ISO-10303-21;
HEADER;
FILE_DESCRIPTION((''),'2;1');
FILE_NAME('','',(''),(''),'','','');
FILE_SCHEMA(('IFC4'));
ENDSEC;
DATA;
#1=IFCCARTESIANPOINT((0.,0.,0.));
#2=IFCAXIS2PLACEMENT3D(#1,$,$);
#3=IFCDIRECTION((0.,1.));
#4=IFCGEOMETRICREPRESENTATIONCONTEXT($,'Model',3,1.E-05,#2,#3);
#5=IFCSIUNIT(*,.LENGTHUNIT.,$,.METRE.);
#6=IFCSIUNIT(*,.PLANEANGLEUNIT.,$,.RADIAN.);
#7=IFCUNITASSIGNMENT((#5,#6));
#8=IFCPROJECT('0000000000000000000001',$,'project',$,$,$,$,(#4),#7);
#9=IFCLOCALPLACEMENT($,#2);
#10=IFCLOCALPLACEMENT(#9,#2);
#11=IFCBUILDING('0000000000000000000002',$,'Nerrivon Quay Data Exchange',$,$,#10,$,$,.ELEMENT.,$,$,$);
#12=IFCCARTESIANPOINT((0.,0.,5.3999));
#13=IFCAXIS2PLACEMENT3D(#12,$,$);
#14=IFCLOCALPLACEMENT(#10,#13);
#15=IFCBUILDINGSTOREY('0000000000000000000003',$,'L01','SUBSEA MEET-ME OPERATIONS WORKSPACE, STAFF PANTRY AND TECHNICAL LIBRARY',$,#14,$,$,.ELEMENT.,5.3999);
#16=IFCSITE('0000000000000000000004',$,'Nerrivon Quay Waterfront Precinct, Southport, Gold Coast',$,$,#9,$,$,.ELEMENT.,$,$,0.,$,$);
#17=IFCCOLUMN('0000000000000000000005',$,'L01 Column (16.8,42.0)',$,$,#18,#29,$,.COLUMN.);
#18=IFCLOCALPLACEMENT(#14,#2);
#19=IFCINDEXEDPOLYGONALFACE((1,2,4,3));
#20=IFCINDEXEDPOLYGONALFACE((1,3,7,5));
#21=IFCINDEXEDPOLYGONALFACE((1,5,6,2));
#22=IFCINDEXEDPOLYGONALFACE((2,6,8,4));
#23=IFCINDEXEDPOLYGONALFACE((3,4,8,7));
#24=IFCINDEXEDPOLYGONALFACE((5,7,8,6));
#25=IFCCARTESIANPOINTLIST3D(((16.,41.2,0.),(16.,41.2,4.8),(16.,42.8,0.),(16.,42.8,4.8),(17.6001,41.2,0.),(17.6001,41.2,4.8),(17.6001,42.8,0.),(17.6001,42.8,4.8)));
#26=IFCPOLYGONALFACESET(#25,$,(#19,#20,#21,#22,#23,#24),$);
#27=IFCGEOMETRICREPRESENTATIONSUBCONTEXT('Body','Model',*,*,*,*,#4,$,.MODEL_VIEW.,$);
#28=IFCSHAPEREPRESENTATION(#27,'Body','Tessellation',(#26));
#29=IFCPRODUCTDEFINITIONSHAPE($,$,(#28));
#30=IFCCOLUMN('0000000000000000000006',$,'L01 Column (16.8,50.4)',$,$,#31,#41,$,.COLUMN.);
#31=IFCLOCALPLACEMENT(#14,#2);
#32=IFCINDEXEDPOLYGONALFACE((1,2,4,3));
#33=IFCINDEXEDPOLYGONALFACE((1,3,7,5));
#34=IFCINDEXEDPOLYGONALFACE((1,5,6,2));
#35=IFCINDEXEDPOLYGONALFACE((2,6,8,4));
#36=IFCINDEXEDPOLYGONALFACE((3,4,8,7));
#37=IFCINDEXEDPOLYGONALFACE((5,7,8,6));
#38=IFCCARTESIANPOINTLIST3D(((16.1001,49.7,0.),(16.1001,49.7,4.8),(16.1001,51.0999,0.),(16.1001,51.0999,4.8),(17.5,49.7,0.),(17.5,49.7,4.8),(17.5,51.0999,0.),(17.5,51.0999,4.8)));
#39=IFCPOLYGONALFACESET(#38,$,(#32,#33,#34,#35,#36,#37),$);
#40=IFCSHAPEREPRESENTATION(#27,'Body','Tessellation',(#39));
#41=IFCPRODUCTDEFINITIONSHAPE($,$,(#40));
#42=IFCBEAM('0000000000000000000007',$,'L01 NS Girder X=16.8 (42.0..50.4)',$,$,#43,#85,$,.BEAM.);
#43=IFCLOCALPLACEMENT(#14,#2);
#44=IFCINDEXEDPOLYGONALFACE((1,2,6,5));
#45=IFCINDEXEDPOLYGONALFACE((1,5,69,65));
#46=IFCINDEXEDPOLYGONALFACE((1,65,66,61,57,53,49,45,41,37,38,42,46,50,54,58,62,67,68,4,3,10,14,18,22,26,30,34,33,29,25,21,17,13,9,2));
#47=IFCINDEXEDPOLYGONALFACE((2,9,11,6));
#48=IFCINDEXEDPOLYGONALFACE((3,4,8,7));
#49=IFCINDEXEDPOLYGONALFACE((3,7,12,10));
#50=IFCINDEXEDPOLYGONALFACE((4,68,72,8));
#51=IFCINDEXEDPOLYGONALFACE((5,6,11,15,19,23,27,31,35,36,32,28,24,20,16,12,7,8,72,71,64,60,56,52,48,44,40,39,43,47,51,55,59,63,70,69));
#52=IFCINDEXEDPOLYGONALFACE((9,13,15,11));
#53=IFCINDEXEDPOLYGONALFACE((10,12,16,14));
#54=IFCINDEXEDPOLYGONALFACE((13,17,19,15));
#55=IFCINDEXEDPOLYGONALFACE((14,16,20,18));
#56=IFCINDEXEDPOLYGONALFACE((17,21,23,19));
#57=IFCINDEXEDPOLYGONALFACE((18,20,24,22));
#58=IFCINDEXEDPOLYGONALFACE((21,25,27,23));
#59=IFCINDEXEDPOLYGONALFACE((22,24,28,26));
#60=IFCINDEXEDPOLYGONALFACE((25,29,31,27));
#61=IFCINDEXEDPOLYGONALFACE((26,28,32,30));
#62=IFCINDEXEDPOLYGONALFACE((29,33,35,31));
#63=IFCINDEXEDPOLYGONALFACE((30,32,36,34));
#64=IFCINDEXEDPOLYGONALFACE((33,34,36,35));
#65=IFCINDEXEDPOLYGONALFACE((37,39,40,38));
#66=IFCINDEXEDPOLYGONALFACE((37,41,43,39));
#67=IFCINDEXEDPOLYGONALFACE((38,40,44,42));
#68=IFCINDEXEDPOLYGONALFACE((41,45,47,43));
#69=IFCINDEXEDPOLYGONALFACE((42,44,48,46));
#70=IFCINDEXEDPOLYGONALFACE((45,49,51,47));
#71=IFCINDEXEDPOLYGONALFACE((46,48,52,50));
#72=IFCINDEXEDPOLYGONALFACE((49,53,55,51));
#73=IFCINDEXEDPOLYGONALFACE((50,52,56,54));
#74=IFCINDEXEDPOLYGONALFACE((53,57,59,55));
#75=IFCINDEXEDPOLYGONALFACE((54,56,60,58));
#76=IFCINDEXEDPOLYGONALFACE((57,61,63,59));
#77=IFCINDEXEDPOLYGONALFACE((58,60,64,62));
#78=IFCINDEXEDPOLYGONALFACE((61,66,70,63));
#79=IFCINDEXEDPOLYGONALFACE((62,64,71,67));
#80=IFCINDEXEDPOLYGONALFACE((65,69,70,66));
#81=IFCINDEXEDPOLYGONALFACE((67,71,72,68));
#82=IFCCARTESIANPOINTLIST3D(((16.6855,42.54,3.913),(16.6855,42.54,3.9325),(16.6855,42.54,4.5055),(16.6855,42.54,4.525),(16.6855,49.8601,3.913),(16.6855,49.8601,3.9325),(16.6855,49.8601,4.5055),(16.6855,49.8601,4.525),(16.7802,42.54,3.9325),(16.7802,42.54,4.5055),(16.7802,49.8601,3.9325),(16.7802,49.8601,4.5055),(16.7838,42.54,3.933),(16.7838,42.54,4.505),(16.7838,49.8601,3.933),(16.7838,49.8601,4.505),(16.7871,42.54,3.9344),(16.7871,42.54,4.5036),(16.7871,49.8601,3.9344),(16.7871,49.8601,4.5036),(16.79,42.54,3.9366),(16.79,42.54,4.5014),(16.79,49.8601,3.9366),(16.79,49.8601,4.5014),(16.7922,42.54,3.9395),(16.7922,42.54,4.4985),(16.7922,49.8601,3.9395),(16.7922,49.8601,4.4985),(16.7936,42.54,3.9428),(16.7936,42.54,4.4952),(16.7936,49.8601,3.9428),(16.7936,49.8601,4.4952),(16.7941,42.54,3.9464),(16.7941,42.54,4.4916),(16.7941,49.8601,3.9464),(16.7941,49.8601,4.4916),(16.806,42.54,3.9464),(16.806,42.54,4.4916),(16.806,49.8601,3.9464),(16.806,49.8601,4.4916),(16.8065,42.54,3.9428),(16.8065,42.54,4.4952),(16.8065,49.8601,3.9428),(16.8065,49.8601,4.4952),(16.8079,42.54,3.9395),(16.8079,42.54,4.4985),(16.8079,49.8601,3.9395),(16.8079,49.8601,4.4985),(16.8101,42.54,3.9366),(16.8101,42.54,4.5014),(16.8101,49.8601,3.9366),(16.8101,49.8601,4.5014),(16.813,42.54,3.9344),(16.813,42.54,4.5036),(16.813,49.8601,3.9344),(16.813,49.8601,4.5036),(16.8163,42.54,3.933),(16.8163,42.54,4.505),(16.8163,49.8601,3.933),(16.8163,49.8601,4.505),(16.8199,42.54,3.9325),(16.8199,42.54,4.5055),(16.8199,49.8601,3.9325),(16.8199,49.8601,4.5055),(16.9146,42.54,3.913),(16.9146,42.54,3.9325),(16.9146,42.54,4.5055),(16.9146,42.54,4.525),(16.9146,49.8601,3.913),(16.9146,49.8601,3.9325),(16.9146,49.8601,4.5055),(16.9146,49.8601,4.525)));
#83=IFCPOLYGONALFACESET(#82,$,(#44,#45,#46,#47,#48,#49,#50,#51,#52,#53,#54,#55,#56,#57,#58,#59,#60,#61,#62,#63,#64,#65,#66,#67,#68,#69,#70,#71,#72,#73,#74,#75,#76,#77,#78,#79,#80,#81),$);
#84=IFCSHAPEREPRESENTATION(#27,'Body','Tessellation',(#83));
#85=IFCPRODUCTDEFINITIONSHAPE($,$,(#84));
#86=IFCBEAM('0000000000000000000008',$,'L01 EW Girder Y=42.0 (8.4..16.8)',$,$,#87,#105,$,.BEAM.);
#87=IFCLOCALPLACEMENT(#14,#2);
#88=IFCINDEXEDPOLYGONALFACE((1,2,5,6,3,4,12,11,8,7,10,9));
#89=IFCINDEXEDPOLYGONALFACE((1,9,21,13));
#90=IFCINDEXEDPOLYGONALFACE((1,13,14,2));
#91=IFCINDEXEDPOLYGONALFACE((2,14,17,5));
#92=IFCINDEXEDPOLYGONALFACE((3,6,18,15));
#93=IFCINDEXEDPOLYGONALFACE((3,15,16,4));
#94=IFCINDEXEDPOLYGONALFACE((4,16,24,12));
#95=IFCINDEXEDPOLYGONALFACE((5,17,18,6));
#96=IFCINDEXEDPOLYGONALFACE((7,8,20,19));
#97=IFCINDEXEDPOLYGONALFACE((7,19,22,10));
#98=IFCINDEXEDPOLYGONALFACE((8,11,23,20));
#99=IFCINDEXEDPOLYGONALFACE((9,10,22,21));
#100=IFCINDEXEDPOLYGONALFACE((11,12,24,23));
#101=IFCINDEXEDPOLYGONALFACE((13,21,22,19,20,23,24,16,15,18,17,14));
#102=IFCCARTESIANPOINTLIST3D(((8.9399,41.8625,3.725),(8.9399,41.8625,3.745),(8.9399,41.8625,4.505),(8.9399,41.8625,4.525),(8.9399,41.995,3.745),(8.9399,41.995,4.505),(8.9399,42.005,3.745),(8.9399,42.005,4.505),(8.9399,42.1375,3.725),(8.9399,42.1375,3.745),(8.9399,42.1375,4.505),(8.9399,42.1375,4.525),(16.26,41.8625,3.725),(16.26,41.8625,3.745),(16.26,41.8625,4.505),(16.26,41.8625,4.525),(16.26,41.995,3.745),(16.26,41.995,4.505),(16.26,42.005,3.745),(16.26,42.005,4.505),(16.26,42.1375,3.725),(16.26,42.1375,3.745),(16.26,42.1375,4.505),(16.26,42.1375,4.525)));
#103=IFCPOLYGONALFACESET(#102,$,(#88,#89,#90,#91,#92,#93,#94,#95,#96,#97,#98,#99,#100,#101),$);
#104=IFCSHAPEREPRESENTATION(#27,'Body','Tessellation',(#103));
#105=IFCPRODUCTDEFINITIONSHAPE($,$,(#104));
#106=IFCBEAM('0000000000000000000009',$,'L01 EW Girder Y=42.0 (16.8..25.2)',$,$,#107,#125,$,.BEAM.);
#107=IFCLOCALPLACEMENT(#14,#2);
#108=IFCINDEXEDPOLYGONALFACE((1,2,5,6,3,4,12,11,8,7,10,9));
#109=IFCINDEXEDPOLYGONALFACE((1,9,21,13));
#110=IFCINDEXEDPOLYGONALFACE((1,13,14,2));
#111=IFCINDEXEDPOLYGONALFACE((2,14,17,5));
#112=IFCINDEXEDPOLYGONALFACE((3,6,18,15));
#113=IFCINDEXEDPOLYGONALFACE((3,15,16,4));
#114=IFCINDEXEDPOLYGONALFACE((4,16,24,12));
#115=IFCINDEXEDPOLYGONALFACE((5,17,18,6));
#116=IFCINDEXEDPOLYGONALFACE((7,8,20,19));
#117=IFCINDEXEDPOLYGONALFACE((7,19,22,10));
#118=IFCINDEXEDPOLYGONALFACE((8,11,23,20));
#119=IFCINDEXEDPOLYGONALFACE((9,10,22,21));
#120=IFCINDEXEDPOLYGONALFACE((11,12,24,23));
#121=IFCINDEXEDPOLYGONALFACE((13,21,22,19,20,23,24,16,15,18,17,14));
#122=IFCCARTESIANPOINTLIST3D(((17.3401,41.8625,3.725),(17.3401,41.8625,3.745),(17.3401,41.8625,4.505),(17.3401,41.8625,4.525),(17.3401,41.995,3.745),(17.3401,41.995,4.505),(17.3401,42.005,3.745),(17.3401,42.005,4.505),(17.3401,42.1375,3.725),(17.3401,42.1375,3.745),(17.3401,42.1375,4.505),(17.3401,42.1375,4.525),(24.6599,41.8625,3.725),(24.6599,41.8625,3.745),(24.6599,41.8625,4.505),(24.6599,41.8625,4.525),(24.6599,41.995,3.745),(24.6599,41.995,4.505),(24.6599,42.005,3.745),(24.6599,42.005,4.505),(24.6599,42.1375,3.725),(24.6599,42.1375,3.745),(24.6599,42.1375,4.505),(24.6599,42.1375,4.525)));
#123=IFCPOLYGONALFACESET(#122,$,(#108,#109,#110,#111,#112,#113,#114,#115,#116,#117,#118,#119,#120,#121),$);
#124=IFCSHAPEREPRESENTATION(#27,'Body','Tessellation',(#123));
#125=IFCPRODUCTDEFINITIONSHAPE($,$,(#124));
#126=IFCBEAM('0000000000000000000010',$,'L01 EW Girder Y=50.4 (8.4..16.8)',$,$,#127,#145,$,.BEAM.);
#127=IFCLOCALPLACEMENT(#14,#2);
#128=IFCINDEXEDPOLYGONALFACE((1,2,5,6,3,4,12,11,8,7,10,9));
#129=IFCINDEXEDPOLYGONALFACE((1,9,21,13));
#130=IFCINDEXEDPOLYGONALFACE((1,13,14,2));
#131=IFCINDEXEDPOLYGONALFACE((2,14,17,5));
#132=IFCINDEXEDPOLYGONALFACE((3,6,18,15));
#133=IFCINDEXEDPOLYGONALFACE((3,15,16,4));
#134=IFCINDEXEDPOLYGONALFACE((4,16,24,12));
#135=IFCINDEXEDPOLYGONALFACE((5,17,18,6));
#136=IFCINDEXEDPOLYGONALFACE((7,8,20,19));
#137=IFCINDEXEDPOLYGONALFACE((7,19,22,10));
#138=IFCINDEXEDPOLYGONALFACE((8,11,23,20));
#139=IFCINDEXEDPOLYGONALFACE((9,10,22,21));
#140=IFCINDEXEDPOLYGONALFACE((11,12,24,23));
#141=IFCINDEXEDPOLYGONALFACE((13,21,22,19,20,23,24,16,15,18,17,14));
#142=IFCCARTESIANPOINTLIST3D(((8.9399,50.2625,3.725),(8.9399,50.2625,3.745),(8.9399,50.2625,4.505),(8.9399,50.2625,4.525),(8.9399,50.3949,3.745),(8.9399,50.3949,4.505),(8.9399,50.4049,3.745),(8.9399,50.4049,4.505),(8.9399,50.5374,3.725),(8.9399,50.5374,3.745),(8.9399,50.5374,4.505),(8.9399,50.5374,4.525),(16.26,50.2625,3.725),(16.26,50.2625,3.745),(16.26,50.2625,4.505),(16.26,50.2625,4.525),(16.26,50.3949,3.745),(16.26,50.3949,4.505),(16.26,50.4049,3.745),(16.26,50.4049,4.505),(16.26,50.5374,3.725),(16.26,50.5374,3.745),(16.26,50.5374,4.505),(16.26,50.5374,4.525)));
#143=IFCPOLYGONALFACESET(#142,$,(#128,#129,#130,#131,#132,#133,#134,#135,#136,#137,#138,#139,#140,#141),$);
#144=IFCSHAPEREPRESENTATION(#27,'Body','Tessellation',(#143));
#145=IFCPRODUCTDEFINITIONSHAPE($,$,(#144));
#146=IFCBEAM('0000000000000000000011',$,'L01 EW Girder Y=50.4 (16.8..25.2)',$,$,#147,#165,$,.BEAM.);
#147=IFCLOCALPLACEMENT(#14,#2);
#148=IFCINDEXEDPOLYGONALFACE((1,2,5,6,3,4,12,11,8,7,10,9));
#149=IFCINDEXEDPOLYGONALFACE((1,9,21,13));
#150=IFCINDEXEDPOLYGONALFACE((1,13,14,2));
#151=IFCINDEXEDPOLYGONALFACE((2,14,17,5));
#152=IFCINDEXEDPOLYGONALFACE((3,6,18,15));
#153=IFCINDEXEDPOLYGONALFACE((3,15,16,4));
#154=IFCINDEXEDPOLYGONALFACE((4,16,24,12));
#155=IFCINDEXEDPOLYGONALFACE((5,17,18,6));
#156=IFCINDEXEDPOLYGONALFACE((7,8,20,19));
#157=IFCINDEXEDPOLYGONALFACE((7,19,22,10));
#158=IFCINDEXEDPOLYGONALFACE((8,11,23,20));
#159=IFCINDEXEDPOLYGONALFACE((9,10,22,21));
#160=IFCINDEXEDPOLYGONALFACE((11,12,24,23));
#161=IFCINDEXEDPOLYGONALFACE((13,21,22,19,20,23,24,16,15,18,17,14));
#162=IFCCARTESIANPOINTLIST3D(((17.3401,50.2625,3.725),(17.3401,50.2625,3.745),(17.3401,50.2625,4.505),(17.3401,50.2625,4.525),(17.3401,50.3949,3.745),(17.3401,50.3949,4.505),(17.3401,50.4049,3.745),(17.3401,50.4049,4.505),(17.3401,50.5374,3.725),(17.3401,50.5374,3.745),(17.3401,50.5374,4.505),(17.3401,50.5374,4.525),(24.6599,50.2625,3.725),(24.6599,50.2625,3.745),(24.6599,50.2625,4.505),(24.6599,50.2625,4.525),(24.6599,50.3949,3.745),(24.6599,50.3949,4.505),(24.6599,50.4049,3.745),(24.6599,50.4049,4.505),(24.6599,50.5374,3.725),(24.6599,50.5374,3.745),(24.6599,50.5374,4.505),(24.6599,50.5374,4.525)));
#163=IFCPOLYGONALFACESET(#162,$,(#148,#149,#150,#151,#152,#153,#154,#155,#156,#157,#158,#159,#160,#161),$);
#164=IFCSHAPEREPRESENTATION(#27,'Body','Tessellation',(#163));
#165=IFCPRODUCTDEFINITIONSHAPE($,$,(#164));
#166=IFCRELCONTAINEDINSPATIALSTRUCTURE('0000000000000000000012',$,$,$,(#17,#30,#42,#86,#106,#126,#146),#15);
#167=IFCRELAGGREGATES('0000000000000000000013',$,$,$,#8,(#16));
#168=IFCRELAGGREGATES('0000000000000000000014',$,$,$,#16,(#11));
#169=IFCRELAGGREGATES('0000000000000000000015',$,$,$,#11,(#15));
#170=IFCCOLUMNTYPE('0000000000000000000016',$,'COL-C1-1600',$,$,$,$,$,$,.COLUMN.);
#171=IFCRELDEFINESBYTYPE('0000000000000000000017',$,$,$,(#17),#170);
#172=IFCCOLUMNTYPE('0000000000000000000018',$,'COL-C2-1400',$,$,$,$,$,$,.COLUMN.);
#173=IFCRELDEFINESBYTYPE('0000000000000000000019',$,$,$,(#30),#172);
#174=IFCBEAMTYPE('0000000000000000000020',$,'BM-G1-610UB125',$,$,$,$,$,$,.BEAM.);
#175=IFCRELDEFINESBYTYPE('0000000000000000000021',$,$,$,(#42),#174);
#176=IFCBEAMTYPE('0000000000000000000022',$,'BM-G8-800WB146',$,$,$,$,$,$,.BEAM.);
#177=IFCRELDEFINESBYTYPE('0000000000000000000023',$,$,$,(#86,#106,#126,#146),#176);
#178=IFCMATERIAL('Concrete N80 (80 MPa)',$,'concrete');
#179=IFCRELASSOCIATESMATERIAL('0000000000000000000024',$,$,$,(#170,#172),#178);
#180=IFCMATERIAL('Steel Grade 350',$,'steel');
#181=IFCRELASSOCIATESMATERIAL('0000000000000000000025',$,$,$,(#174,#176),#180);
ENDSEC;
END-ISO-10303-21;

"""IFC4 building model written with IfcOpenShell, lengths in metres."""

from ifc_helpers import new_model, si_unit, direction, frame, origin, origin_2d, place, context, subcontext, project, spatial, rectangle, i_section, extrude, material, material_profile, profile_set, type_object, element, save


model = new_model("IFC4")

# Units and contexts
model_context = context("Model", 3, precision=1e-05, world=origin(), true_north=direction((0.0, 1.0)))
body_context = subcontext(model_context, "Body", "Model", "MODEL_VIEW")
ifc_project = project(units=[si_unit("LENGTHUNIT", "METRE"), si_unit("PLANEANGLEUNIT", "RADIAN")], contexts=[model_context])

# Site, building, storey
site_placement = place(None, origin())
site = spatial("IfcSite", under=ifc_project, at=site_placement, Name="Nerrivon Quay Waterfront Precinct, Southport, Gold Coast", CompositionType="ELEMENT", RefElevation=0.0)
building_placement = place(site_placement, origin())
building = spatial("IfcBuilding", under=site, at=building_placement, Name="Nerrivon Quay Data Exchange", CompositionType="ELEMENT")
storey_placement = place(building_placement, frame((0.0, 0.0, 5.3999)))
storey = spatial("IfcBuildingStorey", under=building, at=storey_placement, Name="L01", Description="SUBSEA MEET-ME OPERATIONS WORKSPACE, STAFF PANTRY AND TECHNICAL LIBRARY", CompositionType="ELEMENT", Elevation=5.3999)

# Columns
ifc_material_1 = material(Name="Concrete N80 (80 MPa)", Category="concrete")
ifc_material_profile_1 = material_profile(ifc_material_1, rectangle(XDim=1.6001, YDim=1.6001, at=origin_2d()), Name="RC-COL-1600x1600")
ifc_profile_set_1 = profile_set([ifc_material_profile_1], Name="Concrete N80 (80 MPa)")
column_type_1 = type_object("IfcColumnType", Name="COL-C1-1600", PredefinedType="COLUMN", material=ifc_profile_set_1)
column_1_placement = place(storey_placement, frame((16.8, 42.0, 0.0), z_axis=(0.0, 0.0, 1.0), x_axis=(1.0, 0.0, 0.0)))
element("IfcColumn", 1, at=column_1_placement, inside=storey, type_object=column_type_1, Name="L01 Column (16.8,42.0)", PredefinedType="COLUMN", context=body_context, shape_type="SweptSolid", body=[
    extrude(rectangle(XDim=1.6001, YDim=1.6001, at=origin_2d()), origin(), (0.0, 0.0, 1.0), 4.8),
])
ifc_material_profile_2 = material_profile(ifc_material_1, rectangle(XDim=1.3999, YDim=1.3999, at=origin_2d()), Name="RC-COL-1400x1400")
ifc_profile_set_2 = profile_set([ifc_material_profile_2], Name="Concrete N80 (80 MPa)")
column_type_2 = type_object("IfcColumnType", Name="COL-C2-1400", PredefinedType="COLUMN", material=ifc_profile_set_2)
column_2_placement = place(storey_placement, frame((16.8, 50.3999, 0.0), z_axis=(0.0, 0.0, 1.0), x_axis=(1.0, 0.0, 0.0)))
element("IfcColumn", 2, at=column_2_placement, inside=storey, type_object=column_type_2, Name="L01 Column (16.8,50.4)", PredefinedType="COLUMN", context=body_context, shape_type="SweptSolid", body=[
    extrude(rectangle(XDim=1.3999, YDim=1.3999, at=origin_2d()), origin(), (0.0, 0.0, 1.0), 4.8),
])

# Beams
ifc_material_2 = material(Name="Steel Grade 350", Category="steel")
ifc_material_profile_3 = material_profile(ifc_material_2, i_section(OverallWidth=0.229, OverallDepth=0.6121, WebThickness=0.012, FlangeThickness=0.0195, FilletRadius=0.0139, at=origin_2d()), Name="610UB125")
ifc_profile_set_3 = profile_set([ifc_material_profile_3], Name="Steel Grade 350")
beam_type_1 = type_object("IfcBeamType", Name="BM-G1-610UB125", PredefinedType="BEAM", material=ifc_profile_set_3)
beam_1_placement = place(storey_placement, frame((16.8, 42.54, 4.219), z_axis=(0.0, 1.0, 0.0), x_axis=(-1.0, 0.0, 0.0)))
element("IfcBeam", 3, at=beam_1_placement, inside=storey, type_object=beam_type_1, Name="L01 NS Girder X=16.8 (42.0..50.4)", PredefinedType="BEAM", context=body_context, shape_type="SweptSolid", body=[
    extrude(i_section(OverallWidth=0.229, OverallDepth=0.6121, WebThickness=0.012, FlangeThickness=0.0195, FilletRadius=0.0139, at=origin_2d()), origin(), (0.0, 0.0, 1.0), 7.3201),
])
ifc_material_profile_4 = material_profile(ifc_material_2, i_section(OverallWidth=0.2749, OverallDepth=0.8, WebThickness=0.01, FlangeThickness=0.02, at=origin_2d()), Name="800WB146")
ifc_profile_set_4 = profile_set([ifc_material_profile_4], Name="Steel Grade 350")
beam_type_2 = type_object("IfcBeamType", Name="BM-G8-800WB146", PredefinedType="BEAM", material=ifc_profile_set_4)
beam_2_placement = place(storey_placement, frame((8.9399, 42.0, 4.125), z_axis=(1.0, 0.0, 0.0), x_axis=(0.0, 1.0, 0.0)))
element("IfcBeam", 4, at=beam_2_placement, inside=storey, type_object=beam_type_2, Name="L01 EW Girder Y=42.0 (8.4..16.8)", PredefinedType="BEAM", context=body_context, shape_type="SweptSolid", body=[
    extrude(i_section(OverallWidth=0.2749, OverallDepth=0.8, WebThickness=0.01, FlangeThickness=0.02, at=origin_2d()), origin(), (0.0, 0.0, 1.0), 7.3201),
])
beam_3_placement = place(storey_placement, frame((17.3401, 42.0, 4.125), z_axis=(1.0, 0.0, 0.0), x_axis=(0.0, 1.0, 0.0)))
element("IfcBeam", 5, at=beam_3_placement, inside=storey, type_object=beam_type_2, Name="L01 EW Girder Y=42.0 (16.8..25.2)", PredefinedType="BEAM", context=body_context, shape_type="SweptSolid", body=[
    extrude(i_section(OverallWidth=0.2749, OverallDepth=0.8, WebThickness=0.01, FlangeThickness=0.02, at=origin_2d()), origin(), (0.0, 0.0, 1.0), 7.3198),
])
beam_4_placement = place(storey_placement, frame((8.9399, 50.3999, 4.125), z_axis=(1.0, 0.0, 0.0), x_axis=(0.0, 1.0, 0.0)))
element("IfcBeam", 6, at=beam_4_placement, inside=storey, type_object=beam_type_2, Name="L01 EW Girder Y=50.4 (8.4..16.8)", PredefinedType="BEAM", context=body_context, shape_type="SweptSolid", body=[
    extrude(i_section(OverallWidth=0.2749, OverallDepth=0.8, WebThickness=0.01, FlangeThickness=0.02, at=origin_2d()), origin(), (0.0, 0.0, 1.0), 7.3201),
])
beam_5_placement = place(storey_placement, frame((17.3401, 50.3999, 4.125), z_axis=(1.0, 0.0, 0.0), x_axis=(0.0, 1.0, 0.0)))
element("IfcBeam", 7, at=beam_5_placement, inside=storey, type_object=beam_type_2, Name="L01 EW Girder Y=50.4 (16.8..25.2)", PredefinedType="BEAM", context=body_context, shape_type="SweptSolid", body=[
    extrude(i_section(OverallWidth=0.2749, OverallDepth=0.8, WebThickness=0.01, FlangeThickness=0.02, at=origin_2d()), origin(), (0.0, 0.0, 1.0), 7.3198),
])

save(model, "model.ifc")
